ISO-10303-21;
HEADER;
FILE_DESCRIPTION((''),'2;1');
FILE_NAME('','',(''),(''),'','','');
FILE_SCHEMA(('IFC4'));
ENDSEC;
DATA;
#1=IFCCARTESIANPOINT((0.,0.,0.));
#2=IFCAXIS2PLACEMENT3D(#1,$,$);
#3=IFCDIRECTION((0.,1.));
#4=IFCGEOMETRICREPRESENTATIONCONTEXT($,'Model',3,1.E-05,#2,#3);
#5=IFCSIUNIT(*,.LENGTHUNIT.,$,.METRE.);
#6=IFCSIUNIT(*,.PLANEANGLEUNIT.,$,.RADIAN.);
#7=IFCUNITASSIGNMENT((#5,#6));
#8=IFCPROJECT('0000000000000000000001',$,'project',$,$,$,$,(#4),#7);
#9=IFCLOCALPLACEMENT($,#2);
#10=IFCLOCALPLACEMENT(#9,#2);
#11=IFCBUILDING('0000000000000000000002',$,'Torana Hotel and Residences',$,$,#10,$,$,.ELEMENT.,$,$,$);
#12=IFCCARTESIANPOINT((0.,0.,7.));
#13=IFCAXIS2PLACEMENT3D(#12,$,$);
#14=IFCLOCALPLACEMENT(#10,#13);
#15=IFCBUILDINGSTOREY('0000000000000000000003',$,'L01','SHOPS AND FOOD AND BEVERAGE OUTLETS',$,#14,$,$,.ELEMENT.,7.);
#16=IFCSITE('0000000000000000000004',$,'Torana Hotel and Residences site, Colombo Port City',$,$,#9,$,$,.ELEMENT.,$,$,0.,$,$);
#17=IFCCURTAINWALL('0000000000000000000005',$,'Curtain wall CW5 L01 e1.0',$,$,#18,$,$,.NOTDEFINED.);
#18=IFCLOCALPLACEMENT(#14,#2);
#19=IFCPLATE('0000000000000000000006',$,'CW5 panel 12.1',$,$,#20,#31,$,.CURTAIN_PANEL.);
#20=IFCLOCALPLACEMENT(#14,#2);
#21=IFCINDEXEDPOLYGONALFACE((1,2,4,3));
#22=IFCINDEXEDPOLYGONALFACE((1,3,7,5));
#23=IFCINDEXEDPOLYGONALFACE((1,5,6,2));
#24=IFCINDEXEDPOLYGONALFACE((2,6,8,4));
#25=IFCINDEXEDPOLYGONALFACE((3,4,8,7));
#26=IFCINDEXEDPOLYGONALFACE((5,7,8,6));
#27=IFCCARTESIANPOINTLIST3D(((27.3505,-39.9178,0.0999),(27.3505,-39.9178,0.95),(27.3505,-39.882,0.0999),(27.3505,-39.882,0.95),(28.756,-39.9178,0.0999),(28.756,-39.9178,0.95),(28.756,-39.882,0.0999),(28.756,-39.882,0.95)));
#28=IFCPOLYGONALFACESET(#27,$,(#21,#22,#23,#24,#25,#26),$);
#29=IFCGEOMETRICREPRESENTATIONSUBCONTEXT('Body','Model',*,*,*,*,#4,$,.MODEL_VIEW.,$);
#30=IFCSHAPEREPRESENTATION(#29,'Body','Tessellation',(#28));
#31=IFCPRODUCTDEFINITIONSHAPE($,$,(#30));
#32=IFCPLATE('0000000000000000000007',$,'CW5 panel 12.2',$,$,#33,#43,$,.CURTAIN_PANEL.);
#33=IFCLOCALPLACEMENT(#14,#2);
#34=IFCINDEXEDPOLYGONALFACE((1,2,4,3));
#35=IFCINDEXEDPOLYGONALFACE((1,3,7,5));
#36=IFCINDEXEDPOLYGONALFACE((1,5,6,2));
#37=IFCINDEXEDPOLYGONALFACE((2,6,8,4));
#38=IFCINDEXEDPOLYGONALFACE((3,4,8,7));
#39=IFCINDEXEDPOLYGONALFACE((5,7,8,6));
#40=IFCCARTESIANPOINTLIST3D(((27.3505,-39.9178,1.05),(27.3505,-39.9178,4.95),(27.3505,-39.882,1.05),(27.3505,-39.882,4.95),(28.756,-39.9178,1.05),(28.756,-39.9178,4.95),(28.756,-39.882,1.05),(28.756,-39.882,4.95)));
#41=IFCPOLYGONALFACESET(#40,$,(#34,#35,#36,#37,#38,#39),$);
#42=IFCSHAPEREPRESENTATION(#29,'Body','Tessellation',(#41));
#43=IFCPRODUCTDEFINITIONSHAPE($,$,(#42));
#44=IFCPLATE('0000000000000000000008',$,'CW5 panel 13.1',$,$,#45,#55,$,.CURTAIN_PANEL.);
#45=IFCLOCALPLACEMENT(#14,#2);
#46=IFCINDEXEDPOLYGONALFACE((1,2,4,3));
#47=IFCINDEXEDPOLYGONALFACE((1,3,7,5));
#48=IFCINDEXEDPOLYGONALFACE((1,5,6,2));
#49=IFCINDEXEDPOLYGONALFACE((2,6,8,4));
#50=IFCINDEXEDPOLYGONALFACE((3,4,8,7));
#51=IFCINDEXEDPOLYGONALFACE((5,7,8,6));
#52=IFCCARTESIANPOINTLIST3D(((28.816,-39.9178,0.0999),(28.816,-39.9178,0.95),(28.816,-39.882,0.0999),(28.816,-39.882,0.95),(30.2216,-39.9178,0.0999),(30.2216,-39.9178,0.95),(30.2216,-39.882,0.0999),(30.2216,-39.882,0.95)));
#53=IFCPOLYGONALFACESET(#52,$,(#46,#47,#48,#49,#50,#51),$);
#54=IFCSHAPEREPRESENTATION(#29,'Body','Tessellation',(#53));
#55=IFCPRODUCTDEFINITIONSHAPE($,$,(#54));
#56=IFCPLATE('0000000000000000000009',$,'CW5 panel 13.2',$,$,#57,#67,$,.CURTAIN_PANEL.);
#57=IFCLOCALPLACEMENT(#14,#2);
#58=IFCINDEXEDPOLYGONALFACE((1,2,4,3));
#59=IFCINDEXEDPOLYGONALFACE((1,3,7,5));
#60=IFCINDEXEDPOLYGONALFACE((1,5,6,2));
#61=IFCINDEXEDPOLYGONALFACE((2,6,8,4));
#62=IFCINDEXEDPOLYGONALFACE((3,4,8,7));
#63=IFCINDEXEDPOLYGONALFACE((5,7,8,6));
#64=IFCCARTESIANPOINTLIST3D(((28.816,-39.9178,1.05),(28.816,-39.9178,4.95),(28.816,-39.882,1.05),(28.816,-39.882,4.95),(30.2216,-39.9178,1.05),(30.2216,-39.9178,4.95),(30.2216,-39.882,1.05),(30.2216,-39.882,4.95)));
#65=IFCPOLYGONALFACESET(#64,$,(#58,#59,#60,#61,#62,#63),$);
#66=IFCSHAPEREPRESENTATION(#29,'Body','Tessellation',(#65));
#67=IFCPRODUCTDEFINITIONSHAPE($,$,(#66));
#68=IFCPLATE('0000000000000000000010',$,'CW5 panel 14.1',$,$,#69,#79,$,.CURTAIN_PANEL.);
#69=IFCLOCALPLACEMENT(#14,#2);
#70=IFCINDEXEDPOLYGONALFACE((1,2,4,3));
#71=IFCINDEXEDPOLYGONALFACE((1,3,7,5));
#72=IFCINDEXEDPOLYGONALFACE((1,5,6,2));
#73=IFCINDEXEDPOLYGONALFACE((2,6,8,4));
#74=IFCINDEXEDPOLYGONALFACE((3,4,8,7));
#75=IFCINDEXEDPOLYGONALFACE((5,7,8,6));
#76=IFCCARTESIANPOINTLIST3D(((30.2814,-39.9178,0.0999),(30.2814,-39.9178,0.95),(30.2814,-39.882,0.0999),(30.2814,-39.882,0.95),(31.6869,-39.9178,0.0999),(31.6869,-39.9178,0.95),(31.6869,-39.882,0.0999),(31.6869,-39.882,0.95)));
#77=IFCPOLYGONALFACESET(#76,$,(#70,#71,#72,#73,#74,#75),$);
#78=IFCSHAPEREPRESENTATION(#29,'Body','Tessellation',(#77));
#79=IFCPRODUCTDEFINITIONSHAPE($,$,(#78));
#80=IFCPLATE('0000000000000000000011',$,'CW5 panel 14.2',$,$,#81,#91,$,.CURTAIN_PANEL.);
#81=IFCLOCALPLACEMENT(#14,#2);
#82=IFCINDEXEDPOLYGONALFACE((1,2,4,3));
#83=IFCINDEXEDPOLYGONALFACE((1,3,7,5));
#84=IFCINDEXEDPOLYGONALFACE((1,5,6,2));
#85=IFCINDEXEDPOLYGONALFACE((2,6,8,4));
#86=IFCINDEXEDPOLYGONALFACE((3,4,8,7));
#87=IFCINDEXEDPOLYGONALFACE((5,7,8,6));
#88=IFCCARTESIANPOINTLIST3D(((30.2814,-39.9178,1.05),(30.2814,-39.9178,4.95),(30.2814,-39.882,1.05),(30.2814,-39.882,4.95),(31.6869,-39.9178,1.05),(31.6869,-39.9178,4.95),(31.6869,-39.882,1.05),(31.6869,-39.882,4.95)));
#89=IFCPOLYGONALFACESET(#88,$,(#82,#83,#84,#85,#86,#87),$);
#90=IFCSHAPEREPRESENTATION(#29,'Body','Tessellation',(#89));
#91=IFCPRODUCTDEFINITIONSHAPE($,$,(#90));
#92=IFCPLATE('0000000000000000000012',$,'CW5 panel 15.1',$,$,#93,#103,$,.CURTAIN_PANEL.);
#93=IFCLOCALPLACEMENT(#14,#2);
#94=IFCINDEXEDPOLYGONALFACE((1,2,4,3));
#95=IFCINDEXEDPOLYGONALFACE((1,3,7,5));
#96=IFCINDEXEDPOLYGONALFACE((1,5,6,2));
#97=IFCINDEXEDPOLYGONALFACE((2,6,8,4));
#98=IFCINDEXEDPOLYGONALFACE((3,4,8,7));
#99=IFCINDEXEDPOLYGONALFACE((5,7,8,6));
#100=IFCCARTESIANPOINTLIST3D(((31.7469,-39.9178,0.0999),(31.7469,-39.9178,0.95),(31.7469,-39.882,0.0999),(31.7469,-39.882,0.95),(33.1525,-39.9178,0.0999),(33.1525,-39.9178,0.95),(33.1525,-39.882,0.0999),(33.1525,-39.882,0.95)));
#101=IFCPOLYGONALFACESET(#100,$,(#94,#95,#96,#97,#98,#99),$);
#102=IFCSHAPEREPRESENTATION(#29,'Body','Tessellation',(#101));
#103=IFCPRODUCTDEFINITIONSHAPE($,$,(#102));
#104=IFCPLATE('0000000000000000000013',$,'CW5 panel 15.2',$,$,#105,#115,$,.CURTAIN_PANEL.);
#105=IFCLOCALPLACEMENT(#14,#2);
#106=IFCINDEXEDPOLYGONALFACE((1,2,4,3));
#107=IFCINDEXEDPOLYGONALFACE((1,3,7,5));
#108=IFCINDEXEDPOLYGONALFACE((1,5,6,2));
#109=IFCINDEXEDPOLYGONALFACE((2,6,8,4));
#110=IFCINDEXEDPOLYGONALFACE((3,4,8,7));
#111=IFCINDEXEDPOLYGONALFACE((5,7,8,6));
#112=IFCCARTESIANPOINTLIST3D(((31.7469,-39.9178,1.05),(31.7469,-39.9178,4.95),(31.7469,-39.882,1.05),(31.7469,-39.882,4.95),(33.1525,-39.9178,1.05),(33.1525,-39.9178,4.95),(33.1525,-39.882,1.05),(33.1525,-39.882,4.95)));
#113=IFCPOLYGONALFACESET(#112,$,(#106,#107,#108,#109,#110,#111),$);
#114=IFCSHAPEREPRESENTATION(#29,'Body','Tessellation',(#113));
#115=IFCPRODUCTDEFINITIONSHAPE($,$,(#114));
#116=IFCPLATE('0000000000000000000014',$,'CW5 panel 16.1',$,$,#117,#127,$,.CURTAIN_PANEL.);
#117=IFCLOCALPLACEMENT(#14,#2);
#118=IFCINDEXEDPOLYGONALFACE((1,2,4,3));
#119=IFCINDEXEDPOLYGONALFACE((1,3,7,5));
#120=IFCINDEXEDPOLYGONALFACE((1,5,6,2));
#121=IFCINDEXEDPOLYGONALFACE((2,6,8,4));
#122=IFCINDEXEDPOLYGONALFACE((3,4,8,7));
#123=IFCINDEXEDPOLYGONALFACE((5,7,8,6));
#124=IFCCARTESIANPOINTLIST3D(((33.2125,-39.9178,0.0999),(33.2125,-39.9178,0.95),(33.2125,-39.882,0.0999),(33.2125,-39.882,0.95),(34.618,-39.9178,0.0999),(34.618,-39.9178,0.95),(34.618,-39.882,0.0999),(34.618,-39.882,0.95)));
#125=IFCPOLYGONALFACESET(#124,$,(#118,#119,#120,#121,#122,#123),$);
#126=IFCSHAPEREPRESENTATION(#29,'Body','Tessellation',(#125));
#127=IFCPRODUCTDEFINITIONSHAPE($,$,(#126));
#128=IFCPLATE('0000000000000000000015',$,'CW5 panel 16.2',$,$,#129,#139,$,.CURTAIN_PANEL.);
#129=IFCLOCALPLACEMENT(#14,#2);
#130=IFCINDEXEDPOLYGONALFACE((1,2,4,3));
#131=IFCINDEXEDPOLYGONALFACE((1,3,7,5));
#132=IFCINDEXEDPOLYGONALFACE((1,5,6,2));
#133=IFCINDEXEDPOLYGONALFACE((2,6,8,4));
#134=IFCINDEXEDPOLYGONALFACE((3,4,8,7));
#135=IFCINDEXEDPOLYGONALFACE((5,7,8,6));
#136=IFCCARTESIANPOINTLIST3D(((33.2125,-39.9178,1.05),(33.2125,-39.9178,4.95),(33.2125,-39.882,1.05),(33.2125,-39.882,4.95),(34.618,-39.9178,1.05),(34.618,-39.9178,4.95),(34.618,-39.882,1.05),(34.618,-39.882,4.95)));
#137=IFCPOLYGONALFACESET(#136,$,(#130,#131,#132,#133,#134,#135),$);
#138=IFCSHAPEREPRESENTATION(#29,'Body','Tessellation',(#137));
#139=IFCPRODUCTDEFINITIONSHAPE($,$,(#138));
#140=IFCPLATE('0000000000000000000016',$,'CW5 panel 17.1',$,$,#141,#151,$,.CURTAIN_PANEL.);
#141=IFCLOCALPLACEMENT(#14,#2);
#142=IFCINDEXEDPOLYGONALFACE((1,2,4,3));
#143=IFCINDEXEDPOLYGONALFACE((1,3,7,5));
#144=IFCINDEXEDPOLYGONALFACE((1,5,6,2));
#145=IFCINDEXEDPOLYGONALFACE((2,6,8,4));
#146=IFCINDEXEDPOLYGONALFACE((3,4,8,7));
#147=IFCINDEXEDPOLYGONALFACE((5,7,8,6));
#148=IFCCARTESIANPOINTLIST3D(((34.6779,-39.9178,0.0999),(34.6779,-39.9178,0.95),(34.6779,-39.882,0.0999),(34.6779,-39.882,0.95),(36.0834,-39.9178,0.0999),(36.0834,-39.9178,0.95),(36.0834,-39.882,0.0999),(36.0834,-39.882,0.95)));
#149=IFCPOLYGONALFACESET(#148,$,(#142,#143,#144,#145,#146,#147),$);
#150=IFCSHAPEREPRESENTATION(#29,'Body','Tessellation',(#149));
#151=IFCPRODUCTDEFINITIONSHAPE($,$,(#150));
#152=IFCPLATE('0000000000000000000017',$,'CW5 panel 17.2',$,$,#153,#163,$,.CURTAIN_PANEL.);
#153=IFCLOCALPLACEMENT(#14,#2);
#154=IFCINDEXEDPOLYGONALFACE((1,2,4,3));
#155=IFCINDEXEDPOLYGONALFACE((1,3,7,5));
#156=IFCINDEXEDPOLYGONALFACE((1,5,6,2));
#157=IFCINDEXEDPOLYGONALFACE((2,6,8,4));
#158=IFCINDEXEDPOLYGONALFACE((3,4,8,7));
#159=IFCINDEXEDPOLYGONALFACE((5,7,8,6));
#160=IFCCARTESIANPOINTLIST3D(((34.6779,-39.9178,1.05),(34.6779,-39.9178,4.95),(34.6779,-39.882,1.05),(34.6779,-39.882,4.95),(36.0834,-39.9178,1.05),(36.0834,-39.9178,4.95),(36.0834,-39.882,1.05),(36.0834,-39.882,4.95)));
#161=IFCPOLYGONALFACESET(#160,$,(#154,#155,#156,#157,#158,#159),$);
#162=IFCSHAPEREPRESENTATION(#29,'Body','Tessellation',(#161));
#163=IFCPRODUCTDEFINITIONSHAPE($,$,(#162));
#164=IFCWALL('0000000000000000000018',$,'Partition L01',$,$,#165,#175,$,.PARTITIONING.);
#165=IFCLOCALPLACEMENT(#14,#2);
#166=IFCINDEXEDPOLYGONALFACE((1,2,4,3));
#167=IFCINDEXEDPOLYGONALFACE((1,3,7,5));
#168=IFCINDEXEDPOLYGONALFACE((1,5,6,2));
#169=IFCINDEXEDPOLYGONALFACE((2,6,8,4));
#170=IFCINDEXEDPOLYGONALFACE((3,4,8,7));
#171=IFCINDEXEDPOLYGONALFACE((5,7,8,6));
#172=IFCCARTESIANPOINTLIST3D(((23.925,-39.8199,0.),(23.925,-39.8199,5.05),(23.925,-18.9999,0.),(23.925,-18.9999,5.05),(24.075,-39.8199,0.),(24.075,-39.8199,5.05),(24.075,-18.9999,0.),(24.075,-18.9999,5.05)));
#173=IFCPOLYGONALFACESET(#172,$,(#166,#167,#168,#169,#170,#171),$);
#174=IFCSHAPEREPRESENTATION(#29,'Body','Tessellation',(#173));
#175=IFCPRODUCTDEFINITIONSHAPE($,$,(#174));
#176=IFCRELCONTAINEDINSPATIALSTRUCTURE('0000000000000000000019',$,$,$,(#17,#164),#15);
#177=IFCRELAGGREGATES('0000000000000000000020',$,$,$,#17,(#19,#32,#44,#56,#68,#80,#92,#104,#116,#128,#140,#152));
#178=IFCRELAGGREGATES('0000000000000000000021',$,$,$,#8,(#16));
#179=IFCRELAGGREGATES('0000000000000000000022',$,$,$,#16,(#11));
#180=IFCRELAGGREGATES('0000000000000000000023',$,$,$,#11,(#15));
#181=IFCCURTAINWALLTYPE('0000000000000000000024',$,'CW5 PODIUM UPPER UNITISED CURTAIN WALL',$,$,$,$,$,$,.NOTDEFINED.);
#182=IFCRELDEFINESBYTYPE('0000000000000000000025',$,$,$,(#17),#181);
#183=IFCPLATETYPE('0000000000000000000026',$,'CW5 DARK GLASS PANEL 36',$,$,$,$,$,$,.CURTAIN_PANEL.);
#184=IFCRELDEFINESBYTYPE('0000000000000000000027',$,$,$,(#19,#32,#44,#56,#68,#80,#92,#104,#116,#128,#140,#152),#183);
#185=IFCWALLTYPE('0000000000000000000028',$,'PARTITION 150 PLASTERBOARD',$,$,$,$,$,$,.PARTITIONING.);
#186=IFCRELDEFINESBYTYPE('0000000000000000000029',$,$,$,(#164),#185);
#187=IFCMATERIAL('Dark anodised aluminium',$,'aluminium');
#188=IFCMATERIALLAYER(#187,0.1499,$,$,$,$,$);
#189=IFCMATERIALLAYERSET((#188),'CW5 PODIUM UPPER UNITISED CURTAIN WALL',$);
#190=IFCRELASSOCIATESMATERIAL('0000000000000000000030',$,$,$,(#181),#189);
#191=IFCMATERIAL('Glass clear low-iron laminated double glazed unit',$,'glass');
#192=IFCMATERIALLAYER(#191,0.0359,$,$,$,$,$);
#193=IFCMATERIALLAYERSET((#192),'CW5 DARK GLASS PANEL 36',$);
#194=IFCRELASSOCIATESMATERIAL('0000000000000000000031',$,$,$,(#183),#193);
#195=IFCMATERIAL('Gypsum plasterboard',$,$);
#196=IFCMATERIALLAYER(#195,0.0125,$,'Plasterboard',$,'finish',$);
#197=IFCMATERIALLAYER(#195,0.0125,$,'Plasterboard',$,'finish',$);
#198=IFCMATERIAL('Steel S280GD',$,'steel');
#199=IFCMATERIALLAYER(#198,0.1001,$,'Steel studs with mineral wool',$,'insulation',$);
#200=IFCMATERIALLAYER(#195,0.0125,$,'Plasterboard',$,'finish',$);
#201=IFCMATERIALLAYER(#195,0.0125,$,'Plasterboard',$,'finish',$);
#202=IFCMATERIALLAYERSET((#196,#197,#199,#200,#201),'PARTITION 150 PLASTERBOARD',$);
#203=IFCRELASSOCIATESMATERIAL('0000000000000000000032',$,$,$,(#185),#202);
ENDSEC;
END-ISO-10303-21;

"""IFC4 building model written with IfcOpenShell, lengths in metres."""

from ifc_helpers import new_model, si_unit, direction, frame, frame_2d, origin, origin_2d, place, context, subcontext, project, spatial, rectangle, extrude, material, layer, layer_set, type_object, element, aggregate, save


model = new_model("IFC4")

# Units and contexts
model_context = context("Model", 3, precision=1e-05, world=origin(), true_north=direction((0.0, 1.0)))
body_context = subcontext(model_context, "Body", "Model", "MODEL_VIEW")
ifc_project = project(units=[si_unit("LENGTHUNIT", "METRE"), si_unit("PLANEANGLEUNIT", "RADIAN")], contexts=[model_context])

# Site, building, storey
site_placement = place(None, origin())
site = spatial("IfcSite", under=ifc_project, at=site_placement, Name="Torana Hotel and Residences site, Colombo Port City", CompositionType="ELEMENT", RefElevation=0.0)
building_placement = place(site_placement, origin())
building = spatial("IfcBuilding", under=site, at=building_placement, Name="Torana Hotel and Residences", CompositionType="ELEMENT")
storey_placement = place(building_placement, frame((0.0, 0.0, 7.0)))
storey = spatial("IfcBuildingStorey", under=building, at=storey_placement, Name="L01", Description="SHOPS AND FOOD AND BEVERAGE OUTLETS", CompositionType="ELEMENT", Elevation=7.0)

# Curtain wall, plates
ifc_material_1 = material(Name="Dark anodised aluminium", Category="aluminium")
ifc_layer_1 = layer(ifc_material_1, 0.1499)
ifc_layer_set_1 = layer_set([ifc_layer_1], Name="CW5 PODIUM UPPER UNITISED CURTAIN WALL")
curtain_wall_type = type_object("IfcCurtainWallType", Name="CW5 PODIUM UPPER UNITISED CURTAIN WALL", PredefinedType="NOTDEFINED", material=ifc_layer_set_1)
curtain_wall_placement = place(storey_placement, origin())
curtain_wall = element("IfcCurtainWall", 1, at=curtain_wall_placement, inside=storey, type_object=curtain_wall_type, Name="Curtain wall CW5 L01 e1.0", PredefinedType="NOTDEFINED")
ifc_material_2 = material(Name="Glass clear low-iron laminated double glazed unit", Category="glass")
ifc_layer_2 = layer(ifc_material_2, 0.0359)
ifc_layer_set_2 = layer_set([ifc_layer_2], Name="CW5 DARK GLASS PANEL 36")
plate_type = type_object("IfcPlateType", Name="CW5 DARK GLASS PANEL 36", PredefinedType="CURTAIN_PANEL", material=ifc_layer_set_2)
plate_1_placement = place(storey_placement, frame((28.0532, -39.8999, 0.0999), z_axis=(0.0, 0.0, 1.0), x_axis=(1.0, 0.0, 0.0)))
plate_1 = element("IfcPlate", 2, at=plate_1_placement, type_object=plate_type, Name="CW5 panel 12.1", PredefinedType="CURTAIN_PANEL", context=body_context, shape_type="SweptSolid", body=[
    extrude(rectangle(XDim=1.4055, YDim=0.0359, at=origin_2d()), origin(), (0.0, 0.0, 1.0), 0.8501),
])
plate_2_placement = place(storey_placement, frame((28.0532, -39.8999, 1.05), z_axis=(0.0, 0.0, 1.0), x_axis=(1.0, 0.0, 0.0)))
plate_2 = element("IfcPlate", 3, at=plate_2_placement, type_object=plate_type, Name="CW5 panel 12.2", PredefinedType="CURTAIN_PANEL", context=body_context, shape_type="SweptSolid", body=[
    extrude(rectangle(XDim=1.4055, YDim=0.0359, at=origin_2d()), origin(), (0.0, 0.0, 1.0), 3.8999),
])
plate_3_placement = place(storey_placement, frame((29.5188, -39.8999, 0.0999), z_axis=(0.0, 0.0, 1.0), x_axis=(1.0, 0.0, 0.0)))
plate_3 = element("IfcPlate", 4, at=plate_3_placement, type_object=plate_type, Name="CW5 panel 13.1", PredefinedType="CURTAIN_PANEL", context=body_context, shape_type="SweptSolid", body=[
    extrude(rectangle(XDim=1.4055, YDim=0.0359, at=origin_2d()), origin(), (0.0, 0.0, 1.0), 0.8501),
])
plate_4_placement = place(storey_placement, frame((29.5188, -39.8999, 1.05), z_axis=(0.0, 0.0, 1.0), x_axis=(1.0, 0.0, 0.0)))
plate_4 = element("IfcPlate", 5, at=plate_4_placement, type_object=plate_type, Name="CW5 panel 13.2", PredefinedType="CURTAIN_PANEL", context=body_context, shape_type="SweptSolid", body=[
    extrude(rectangle(XDim=1.4055, YDim=0.0359, at=origin_2d()), origin(), (0.0, 0.0, 1.0), 3.8999),
])
plate_5_placement = place(storey_placement, frame((30.9841, -39.8999, 0.0999), z_axis=(0.0, 0.0, 1.0), x_axis=(1.0, 0.0, 0.0)))
plate_5 = element("IfcPlate", 6, at=plate_5_placement, type_object=plate_type, Name="CW5 panel 14.1", PredefinedType="CURTAIN_PANEL", context=body_context, shape_type="SweptSolid", body=[
    extrude(rectangle(XDim=1.4055, YDim=0.0359, at=origin_2d()), origin(), (0.0, 0.0, 1.0), 0.8501),
])
plate_6_placement = place(storey_placement, frame((30.9841, -39.8999, 1.05), z_axis=(0.0, 0.0, 1.0), x_axis=(1.0, 0.0, 0.0)))
plate_6 = element("IfcPlate", 7, at=plate_6_placement, type_object=plate_type, Name="CW5 panel 14.2", PredefinedType="CURTAIN_PANEL", context=body_context, shape_type="SweptSolid", body=[
    extrude(rectangle(XDim=1.4055, YDim=0.0359, at=origin_2d()), origin(), (0.0, 0.0, 1.0), 3.8999),
])
plate_7_placement = place(storey_placement, frame((32.4497, -39.8999, 0.0999), z_axis=(0.0, 0.0, 1.0), x_axis=(1.0, 0.0, 0.0)))
plate_7 = element("IfcPlate", 8, at=plate_7_placement, type_object=plate_type, Name="CW5 panel 15.1", PredefinedType="CURTAIN_PANEL", context=body_context, shape_type="SweptSolid", body=[
    extrude(rectangle(XDim=1.4055, YDim=0.0359, at=origin_2d()), origin(), (0.0, 0.0, 1.0), 0.8501),
])
plate_8_placement = place(storey_placement, frame((32.4497, -39.8999, 1.05), z_axis=(0.0, 0.0, 1.0), x_axis=(1.0, 0.0, 0.0)))
plate_8 = element("IfcPlate", 9, at=plate_8_placement, type_object=plate_type, Name="CW5 panel 15.2", PredefinedType="CURTAIN_PANEL", context=body_context, shape_type="SweptSolid", body=[
    extrude(rectangle(XDim=1.4055, YDim=0.0359, at=origin_2d()), origin(), (0.0, 0.0, 1.0), 3.8999),
])
plate_9_placement = place(storey_placement, frame((33.9153, -39.8999, 0.0999), z_axis=(0.0, 0.0, 1.0), x_axis=(1.0, 0.0, 0.0)))
plate_9 = element("IfcPlate", 10, at=plate_9_placement, type_object=plate_type, Name="CW5 panel 16.1", PredefinedType="CURTAIN_PANEL", context=body_context, shape_type="SweptSolid", body=[
    extrude(rectangle(XDim=1.4055, YDim=0.0359, at=origin_2d()), origin(), (0.0, 0.0, 1.0), 0.8501),
])
plate_10_placement = place(storey_placement, frame((33.9153, -39.8999, 1.05), z_axis=(0.0, 0.0, 1.0), x_axis=(1.0, 0.0, 0.0)))
plate_10 = element("IfcPlate", 11, at=plate_10_placement, type_object=plate_type, Name="CW5 panel 16.2", PredefinedType="CURTAIN_PANEL", context=body_context, shape_type="SweptSolid", body=[
    extrude(rectangle(XDim=1.4055, YDim=0.0359, at=origin_2d()), origin(), (0.0, 0.0, 1.0), 3.8999),
])
plate_11_placement = place(storey_placement, frame((35.3806, -39.8999, 0.0999), z_axis=(0.0, 0.0, 1.0), x_axis=(1.0, 0.0, 0.0)))
plate_11 = element("IfcPlate", 12, at=plate_11_placement, type_object=plate_type, Name="CW5 panel 17.1", PredefinedType="CURTAIN_PANEL", context=body_context, shape_type="SweptSolid", body=[
    extrude(rectangle(XDim=1.4055, YDim=0.0359, at=origin_2d()), origin(), (0.0, 0.0, 1.0), 0.8501),
])
plate_12_placement = place(storey_placement, frame((35.3806, -39.8999, 1.05), z_axis=(0.0, 0.0, 1.0), x_axis=(1.0, 0.0, 0.0)))
plate_12 = element("IfcPlate", 13, at=plate_12_placement, type_object=plate_type, Name="CW5 panel 17.2", PredefinedType="CURTAIN_PANEL", context=body_context, shape_type="SweptSolid", body=[
    extrude(rectangle(XDim=1.4055, YDim=0.0359, at=origin_2d()), origin(), (0.0, 0.0, 1.0), 3.8999),
])
aggregate(curtain_wall, [plate_1, plate_2, plate_3, plate_4, plate_5, plate_6, plate_7, plate_8, plate_9, plate_10, plate_11, plate_12])

# Wall
ifc_material_3 = material(Name="Gypsum plasterboard")
ifc_layer_3 = layer(ifc_material_3, 0.0125, Name="Plasterboard", Category="finish")
ifc_layer_4 = layer(ifc_material_3, 0.0125, Name="Plasterboard", Category="finish")
ifc_material_4 = material(Name="Steel S280GD", Category="steel")
ifc_layer_5 = layer(ifc_material_4, 0.1001, Name="Steel studs with mineral wool", Category="insulation")
ifc_layer_6 = layer(ifc_material_3, 0.0125, Name="Plasterboard", Category="finish")
ifc_layer_7 = layer(ifc_material_3, 0.0125, Name="Plasterboard", Category="finish")
ifc_layer_set_3 = layer_set([ifc_layer_3, ifc_layer_4, ifc_layer_5, ifc_layer_6, ifc_layer_7], Name="PARTITION 150 PLASTERBOARD")
wall_type = type_object("IfcWallType", Name="PARTITION 150 PLASTERBOARD", PredefinedType="PARTITIONING", material=ifc_layer_set_3)
wall_placement = place(storey_placement, frame((24.0, -39.8201, 0.0), z_axis=(0.0, 0.0, 1.0), x_axis=(0.0, 1.0, 0.0)))
element("IfcWall", 14, at=wall_placement, inside=storey, type_object=wall_type, Name="Partition L01", PredefinedType="PARTITIONING", context=body_context, shape_type="SweptSolid", body=[
    extrude(rectangle(XDim=20.8201, YDim=0.1499, at=frame_2d((10.4102, 0.0))), origin(), (0.0, 0.0, 1.0), 5.05),
])

save(model, "model.ifc")
